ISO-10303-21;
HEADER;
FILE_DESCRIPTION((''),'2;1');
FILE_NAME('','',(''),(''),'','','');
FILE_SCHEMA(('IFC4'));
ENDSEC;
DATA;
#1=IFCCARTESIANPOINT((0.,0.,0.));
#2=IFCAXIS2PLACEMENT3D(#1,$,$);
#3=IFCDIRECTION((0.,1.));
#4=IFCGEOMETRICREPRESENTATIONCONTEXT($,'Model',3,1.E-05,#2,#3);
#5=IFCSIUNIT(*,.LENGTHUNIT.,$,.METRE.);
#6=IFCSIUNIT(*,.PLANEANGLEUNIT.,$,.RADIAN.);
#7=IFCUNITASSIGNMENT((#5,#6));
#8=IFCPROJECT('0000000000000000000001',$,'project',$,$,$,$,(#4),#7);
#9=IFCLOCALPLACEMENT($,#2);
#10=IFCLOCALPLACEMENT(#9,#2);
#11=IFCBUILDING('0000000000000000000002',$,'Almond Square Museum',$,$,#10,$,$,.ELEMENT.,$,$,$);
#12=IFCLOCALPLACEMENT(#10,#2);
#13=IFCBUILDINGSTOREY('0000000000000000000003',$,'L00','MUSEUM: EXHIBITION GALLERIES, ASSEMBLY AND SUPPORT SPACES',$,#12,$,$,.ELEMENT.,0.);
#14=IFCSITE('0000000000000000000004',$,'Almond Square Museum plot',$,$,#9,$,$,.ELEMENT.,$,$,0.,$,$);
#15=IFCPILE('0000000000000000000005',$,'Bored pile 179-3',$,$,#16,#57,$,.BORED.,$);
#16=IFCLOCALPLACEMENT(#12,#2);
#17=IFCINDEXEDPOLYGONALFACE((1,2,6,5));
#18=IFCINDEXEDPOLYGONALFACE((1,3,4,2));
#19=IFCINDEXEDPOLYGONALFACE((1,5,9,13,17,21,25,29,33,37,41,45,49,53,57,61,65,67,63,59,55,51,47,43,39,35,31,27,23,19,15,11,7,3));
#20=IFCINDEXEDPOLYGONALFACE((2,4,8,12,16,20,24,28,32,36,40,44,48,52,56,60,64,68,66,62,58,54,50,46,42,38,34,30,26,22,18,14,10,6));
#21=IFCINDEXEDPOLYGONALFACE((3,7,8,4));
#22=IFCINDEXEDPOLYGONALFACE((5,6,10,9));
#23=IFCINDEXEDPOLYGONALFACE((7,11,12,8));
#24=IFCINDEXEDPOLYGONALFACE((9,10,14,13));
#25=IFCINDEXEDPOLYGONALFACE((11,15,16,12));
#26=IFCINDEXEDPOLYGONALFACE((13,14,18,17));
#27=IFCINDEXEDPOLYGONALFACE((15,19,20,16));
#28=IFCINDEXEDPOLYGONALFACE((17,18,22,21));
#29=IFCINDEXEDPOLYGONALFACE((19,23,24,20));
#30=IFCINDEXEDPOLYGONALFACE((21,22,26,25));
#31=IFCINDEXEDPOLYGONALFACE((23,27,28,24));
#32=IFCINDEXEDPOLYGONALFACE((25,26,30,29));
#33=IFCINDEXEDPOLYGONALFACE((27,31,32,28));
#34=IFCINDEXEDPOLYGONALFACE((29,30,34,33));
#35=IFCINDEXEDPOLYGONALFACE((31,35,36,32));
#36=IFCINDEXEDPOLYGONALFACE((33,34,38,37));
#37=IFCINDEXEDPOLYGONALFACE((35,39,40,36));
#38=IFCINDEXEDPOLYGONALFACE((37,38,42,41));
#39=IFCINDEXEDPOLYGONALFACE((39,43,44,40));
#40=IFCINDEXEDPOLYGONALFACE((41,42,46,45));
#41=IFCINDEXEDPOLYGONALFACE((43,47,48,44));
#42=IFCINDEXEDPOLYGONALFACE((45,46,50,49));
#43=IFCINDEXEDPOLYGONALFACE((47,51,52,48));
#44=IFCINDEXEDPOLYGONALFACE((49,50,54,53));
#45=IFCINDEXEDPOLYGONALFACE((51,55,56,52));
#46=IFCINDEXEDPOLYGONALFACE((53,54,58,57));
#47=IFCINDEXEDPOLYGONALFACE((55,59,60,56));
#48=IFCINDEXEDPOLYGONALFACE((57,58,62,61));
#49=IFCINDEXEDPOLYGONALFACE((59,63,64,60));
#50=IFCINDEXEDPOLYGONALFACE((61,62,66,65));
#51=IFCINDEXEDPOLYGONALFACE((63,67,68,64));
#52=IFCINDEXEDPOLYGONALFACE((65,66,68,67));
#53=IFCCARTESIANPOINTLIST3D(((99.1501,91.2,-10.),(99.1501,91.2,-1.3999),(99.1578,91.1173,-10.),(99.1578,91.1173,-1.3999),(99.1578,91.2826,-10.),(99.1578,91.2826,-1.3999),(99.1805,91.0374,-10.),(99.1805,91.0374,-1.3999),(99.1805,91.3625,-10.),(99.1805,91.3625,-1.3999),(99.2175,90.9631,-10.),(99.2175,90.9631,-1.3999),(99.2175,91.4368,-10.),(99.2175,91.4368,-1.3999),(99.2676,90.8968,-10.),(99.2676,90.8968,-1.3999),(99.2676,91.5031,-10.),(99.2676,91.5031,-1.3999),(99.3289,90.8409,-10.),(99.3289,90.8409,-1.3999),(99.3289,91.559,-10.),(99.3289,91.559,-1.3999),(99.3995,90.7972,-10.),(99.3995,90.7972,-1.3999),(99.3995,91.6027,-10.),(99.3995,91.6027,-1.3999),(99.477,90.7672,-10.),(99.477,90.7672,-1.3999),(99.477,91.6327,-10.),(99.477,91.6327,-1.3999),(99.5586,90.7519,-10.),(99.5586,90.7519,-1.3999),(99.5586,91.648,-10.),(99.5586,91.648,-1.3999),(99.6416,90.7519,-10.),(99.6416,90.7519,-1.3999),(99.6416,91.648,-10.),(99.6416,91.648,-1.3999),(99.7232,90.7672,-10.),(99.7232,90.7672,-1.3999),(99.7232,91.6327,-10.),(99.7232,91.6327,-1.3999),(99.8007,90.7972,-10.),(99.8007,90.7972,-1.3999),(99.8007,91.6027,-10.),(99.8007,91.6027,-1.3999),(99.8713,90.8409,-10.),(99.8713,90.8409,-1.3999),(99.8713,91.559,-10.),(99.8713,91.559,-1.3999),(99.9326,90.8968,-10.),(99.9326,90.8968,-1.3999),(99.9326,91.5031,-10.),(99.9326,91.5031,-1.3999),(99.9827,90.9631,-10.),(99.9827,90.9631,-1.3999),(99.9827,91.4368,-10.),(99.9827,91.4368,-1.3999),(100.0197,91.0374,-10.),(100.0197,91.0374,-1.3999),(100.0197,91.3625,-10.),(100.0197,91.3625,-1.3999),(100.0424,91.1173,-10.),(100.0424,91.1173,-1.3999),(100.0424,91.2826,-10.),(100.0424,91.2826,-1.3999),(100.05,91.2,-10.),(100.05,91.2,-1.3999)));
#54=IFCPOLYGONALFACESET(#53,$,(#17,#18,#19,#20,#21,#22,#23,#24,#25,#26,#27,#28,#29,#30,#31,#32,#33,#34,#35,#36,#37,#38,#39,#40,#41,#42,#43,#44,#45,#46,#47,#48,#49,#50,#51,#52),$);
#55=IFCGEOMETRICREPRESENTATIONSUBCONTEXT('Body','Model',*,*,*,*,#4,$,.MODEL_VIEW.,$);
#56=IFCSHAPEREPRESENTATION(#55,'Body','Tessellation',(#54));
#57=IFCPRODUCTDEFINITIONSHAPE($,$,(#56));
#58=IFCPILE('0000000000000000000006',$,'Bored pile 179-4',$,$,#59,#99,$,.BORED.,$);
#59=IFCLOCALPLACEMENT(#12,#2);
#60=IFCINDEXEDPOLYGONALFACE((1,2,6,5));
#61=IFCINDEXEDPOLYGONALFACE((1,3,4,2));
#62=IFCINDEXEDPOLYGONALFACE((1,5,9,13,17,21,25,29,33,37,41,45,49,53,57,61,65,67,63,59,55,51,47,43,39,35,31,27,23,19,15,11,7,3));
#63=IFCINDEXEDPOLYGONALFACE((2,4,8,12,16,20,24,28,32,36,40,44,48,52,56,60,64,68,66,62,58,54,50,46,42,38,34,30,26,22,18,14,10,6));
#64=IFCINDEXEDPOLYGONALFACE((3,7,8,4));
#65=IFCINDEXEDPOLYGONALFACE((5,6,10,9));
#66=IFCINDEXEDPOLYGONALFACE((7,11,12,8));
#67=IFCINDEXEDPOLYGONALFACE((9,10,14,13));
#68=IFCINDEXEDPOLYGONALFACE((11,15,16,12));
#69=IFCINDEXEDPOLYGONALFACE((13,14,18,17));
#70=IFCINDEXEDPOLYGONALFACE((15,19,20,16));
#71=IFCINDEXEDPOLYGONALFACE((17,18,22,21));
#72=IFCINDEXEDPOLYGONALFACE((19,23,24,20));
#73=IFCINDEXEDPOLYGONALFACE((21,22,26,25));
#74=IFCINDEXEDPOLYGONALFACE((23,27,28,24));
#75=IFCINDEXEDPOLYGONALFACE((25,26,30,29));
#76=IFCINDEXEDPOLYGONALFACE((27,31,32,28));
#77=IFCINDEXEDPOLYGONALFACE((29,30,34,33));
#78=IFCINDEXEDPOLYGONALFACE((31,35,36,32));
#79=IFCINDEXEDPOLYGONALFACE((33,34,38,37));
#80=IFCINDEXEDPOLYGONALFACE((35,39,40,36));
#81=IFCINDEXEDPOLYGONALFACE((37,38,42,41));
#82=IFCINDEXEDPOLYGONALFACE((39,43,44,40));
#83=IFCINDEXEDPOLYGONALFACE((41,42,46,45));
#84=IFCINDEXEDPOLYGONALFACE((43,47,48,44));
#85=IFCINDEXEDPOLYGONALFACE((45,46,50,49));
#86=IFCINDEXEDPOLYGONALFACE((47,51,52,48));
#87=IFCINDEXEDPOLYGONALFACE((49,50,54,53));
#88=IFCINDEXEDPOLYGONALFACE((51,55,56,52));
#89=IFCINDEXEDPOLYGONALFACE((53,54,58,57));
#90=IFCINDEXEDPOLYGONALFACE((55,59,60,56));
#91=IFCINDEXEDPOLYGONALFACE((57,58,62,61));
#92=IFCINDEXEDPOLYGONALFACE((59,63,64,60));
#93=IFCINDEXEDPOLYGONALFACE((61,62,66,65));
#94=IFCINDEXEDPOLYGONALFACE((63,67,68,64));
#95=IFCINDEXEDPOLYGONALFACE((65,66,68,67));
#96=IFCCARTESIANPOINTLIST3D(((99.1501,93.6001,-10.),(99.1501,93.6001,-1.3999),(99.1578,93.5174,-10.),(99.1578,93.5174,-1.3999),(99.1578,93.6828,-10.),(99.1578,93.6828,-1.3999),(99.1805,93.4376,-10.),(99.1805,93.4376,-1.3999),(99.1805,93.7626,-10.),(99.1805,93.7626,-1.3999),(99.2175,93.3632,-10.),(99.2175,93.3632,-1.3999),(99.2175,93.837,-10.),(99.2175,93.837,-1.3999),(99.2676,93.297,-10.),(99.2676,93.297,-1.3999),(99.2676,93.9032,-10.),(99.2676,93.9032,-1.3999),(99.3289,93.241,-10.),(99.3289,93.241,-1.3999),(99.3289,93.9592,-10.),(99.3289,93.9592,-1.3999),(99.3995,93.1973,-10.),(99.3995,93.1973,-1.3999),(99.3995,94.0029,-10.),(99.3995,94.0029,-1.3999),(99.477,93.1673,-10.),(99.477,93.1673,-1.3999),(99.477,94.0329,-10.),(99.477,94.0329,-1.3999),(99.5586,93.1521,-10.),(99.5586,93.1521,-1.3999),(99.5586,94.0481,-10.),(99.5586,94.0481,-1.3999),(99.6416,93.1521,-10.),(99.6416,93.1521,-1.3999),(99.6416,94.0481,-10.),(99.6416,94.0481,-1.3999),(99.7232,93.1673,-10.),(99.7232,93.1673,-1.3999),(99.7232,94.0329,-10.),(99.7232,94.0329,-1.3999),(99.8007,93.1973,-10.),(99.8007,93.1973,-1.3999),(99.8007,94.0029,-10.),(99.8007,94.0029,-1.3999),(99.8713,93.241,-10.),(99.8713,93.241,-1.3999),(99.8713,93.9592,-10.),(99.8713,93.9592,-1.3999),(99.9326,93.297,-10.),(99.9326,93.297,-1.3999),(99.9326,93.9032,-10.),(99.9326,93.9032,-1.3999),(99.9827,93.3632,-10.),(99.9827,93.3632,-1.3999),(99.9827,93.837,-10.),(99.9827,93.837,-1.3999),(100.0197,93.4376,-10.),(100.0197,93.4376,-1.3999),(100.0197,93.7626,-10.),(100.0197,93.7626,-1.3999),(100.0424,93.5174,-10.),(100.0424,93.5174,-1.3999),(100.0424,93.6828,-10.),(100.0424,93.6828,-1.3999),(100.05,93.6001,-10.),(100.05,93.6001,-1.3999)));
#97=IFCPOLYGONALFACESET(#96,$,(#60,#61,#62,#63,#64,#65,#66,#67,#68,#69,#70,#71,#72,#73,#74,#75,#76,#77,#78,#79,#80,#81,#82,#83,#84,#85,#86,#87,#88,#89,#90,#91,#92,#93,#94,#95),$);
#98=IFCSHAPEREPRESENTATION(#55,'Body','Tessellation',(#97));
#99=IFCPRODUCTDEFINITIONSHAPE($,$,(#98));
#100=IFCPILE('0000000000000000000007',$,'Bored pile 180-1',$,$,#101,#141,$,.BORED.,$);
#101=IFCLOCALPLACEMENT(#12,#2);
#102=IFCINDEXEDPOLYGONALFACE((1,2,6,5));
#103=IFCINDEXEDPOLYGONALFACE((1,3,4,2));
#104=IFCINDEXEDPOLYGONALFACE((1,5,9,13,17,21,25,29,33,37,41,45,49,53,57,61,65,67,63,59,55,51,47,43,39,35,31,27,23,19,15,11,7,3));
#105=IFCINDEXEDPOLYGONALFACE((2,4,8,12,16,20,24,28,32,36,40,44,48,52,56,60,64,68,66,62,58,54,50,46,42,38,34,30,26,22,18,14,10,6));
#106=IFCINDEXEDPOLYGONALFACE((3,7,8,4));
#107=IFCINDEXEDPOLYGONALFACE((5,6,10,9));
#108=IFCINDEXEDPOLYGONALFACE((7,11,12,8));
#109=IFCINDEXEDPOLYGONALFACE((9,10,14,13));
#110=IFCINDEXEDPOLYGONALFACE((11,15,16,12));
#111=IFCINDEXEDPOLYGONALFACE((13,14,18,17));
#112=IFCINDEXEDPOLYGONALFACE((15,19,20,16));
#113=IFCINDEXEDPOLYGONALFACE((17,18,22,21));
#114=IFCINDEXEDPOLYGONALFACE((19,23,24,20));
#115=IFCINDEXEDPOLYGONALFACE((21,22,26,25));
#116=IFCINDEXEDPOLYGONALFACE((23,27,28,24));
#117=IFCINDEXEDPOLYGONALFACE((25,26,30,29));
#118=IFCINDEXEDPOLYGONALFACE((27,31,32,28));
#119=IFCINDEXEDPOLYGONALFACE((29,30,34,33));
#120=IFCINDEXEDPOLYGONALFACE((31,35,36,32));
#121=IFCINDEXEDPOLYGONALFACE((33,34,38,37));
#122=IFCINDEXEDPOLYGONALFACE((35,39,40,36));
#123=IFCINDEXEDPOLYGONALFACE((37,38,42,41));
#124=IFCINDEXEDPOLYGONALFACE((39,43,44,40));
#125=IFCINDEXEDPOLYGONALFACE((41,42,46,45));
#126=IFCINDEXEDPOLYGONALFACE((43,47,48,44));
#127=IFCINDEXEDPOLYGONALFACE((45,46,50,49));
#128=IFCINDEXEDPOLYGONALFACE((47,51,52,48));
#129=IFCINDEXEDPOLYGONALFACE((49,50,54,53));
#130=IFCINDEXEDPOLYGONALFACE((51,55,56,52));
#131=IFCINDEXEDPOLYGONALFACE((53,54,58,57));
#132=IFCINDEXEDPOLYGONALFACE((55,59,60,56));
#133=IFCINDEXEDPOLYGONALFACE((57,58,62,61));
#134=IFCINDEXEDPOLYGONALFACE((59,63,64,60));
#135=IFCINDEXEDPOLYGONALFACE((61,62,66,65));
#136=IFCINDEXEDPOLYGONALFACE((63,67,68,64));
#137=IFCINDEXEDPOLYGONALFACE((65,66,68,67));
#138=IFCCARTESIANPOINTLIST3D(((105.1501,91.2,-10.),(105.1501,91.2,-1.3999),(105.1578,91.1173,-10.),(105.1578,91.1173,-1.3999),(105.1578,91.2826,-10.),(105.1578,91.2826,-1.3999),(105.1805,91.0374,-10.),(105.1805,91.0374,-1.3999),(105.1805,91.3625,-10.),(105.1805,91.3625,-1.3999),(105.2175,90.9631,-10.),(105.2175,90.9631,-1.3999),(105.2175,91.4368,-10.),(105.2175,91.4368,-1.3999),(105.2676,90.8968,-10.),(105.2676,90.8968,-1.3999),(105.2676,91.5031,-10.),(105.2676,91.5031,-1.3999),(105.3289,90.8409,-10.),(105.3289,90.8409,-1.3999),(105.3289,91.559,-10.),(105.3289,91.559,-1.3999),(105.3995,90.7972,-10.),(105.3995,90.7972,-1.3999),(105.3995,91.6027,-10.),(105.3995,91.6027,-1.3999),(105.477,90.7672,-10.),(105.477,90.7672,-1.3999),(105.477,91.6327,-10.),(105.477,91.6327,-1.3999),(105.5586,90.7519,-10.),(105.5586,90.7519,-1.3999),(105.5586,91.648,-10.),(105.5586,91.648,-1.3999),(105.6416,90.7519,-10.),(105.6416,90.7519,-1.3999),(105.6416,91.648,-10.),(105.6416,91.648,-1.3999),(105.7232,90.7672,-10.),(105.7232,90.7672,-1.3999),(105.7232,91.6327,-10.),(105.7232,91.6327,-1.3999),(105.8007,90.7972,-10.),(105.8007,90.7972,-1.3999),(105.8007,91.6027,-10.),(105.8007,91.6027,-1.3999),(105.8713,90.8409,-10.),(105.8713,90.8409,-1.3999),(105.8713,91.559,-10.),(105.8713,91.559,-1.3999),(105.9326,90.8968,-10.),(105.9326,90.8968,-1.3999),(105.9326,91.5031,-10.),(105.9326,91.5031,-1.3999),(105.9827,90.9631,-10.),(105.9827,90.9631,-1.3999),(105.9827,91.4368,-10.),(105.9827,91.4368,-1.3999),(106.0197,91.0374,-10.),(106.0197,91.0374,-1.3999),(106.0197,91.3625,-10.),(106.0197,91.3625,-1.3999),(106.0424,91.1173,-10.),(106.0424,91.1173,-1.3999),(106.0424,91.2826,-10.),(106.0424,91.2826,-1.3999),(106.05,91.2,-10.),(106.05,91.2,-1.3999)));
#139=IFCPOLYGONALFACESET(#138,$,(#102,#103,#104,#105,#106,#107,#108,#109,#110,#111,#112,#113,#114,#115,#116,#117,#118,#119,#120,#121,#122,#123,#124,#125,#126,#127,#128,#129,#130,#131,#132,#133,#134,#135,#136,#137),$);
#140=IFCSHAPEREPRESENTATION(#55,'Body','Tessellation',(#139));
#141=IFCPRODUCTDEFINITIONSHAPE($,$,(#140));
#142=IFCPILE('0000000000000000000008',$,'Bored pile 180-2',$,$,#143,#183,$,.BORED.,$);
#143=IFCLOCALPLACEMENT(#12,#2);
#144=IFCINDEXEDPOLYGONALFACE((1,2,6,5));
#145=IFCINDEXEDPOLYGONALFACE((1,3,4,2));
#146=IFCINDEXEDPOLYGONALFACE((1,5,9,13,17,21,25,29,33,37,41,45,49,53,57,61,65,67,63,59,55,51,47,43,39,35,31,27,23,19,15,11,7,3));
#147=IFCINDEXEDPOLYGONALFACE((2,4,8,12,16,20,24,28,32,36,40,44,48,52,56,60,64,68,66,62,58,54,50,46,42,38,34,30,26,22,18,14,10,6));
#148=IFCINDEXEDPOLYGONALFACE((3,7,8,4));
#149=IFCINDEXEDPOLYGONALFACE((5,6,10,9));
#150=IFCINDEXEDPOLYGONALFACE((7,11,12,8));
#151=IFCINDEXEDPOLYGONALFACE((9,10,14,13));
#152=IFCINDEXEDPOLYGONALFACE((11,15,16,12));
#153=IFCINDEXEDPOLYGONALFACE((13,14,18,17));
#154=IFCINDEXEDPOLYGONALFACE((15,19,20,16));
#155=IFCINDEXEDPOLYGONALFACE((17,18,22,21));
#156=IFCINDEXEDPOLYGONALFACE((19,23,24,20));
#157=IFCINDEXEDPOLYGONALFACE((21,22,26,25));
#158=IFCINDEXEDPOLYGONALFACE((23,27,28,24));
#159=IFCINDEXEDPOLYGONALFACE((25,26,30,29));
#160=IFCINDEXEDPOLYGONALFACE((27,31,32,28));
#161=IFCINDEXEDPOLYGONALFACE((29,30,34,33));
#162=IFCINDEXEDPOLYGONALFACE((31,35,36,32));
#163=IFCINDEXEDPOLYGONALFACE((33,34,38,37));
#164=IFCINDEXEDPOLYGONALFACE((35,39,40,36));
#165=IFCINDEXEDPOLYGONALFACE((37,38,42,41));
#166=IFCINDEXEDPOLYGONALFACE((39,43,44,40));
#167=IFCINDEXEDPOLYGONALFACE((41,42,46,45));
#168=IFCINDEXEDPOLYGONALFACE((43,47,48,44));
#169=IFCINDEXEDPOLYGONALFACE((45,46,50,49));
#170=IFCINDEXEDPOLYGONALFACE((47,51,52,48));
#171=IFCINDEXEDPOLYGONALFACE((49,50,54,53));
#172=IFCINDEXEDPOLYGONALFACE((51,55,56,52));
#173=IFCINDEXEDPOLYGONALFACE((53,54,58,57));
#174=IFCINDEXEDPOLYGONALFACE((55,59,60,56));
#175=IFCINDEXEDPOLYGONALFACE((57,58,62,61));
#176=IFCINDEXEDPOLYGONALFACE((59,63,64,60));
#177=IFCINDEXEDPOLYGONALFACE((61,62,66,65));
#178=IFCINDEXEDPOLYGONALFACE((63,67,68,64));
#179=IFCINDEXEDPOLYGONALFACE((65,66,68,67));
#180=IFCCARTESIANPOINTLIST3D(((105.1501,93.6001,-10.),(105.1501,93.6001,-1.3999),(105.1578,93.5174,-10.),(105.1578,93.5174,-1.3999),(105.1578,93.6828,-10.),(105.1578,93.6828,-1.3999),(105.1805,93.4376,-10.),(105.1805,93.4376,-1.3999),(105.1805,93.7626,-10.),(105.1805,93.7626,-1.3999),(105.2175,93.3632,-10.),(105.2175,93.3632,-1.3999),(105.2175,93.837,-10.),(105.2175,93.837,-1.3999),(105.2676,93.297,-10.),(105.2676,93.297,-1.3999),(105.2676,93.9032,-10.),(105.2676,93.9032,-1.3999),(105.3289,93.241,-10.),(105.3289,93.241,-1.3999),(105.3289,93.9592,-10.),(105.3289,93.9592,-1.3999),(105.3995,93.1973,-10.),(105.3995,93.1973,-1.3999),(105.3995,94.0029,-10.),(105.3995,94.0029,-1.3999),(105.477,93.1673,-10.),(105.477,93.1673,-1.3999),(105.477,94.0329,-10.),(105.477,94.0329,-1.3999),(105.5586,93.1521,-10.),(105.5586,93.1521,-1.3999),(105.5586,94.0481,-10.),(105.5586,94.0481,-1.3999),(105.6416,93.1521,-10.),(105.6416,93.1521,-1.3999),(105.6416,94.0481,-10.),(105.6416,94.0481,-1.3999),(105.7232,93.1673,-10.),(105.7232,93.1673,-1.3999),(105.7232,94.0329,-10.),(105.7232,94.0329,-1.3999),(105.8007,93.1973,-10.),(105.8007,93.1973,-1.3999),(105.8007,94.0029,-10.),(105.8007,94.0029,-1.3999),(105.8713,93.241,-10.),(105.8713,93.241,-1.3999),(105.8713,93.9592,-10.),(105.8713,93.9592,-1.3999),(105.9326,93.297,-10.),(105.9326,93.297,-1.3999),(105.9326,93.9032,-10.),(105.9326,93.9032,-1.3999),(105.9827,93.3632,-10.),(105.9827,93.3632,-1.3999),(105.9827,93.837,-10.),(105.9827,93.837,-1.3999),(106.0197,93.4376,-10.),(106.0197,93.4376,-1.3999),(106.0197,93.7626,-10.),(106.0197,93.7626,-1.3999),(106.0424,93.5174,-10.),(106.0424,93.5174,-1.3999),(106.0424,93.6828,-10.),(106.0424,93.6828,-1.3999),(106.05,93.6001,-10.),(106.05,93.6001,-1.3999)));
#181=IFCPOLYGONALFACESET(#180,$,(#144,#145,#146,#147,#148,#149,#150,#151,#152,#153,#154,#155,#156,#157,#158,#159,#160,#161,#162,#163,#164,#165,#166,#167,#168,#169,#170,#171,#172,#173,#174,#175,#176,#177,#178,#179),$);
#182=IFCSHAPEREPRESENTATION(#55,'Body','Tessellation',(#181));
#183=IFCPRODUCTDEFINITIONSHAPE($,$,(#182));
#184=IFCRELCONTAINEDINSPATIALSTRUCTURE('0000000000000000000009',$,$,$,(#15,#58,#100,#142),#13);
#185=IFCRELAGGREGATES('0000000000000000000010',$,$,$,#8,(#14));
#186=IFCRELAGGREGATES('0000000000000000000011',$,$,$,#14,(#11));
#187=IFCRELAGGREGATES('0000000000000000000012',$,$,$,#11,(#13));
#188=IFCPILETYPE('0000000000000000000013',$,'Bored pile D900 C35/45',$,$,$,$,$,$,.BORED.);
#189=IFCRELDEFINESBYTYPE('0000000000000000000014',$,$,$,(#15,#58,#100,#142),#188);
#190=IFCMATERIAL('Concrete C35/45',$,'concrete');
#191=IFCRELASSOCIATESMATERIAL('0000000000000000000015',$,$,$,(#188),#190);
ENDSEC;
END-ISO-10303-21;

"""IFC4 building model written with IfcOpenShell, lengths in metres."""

from ifc_helpers import new_model, si_unit, direction, frame, origin, origin_2d, place, context, subcontext, project, spatial, circle, extrude, material, material_profile, profile_set, type_object, element, save


model = new_model("IFC4")

# Units and contexts
model_context = context("Model", 3, precision=1e-05, world=origin(), true_north=direction((0.0, 1.0)))
body_context = subcontext(model_context, "Body", "Model", "MODEL_VIEW")
ifc_project = project(units=[si_unit("LENGTHUNIT", "METRE"), si_unit("PLANEANGLEUNIT", "RADIAN")], contexts=[model_context])

# Site, building, storey
site_placement = place(None, origin())
site = spatial("IfcSite", under=ifc_project, at=site_placement, Name="Almond Square Museum plot", CompositionType="ELEMENT", RefElevation=0.0)
building_placement = place(site_placement, origin())
building = spatial("IfcBuilding", under=site, at=building_placement, Name="Almond Square Museum", CompositionType="ELEMENT")
storey_placement = place(building_placement, origin())
storey = spatial("IfcBuildingStorey", under=building, at=storey_placement, Name="L00", Description="MUSEUM: EXHIBITION GALLERIES, ASSEMBLY AND SUPPORT SPACES", CompositionType="ELEMENT", Elevation=0.0)

# Piles
ifc_material_1 = material(Name="Concrete C35/45", Category="concrete")
ifc_material_profile_1 = material_profile(ifc_material_1, circle(Radius=0.45, at=origin_2d()))
ifc_profile_set_1 = profile_set([ifc_material_profile_1], Name="Concrete C35/45")
pile_type = type_object("IfcPileType", Name="Bored pile D900 C35/45", PredefinedType="BORED", material=ifc_profile_set_1)
for number, where, z_axis, x_axis, name in (
    (1, (99.6001, 91.2, -1.3999), (0.0, 0.0, -1.0), (1.0, 0.0, 0.0), "Bored pile 179-3"),
    (2, (99.6001, 93.6001, -1.3999), (0.0, 0.0, -1.0), (1.0, 0.0, 0.0), "Bored pile 179-4"),
    (3, (105.6001, 91.2, -1.3999), (0.0, 0.0, -1.0), (1.0, 0.0, 0.0), "Bored pile 180-1"),
    (4, (105.6001, 93.6001, -1.3999), (0.0, 0.0, -1.0), (1.0, 0.0, 0.0), "Bored pile 180-2"),
):
    element("IfcPile", number, at=place(storey_placement, frame(where, z_axis=z_axis, x_axis=x_axis)), inside=storey, type_object=pile_type, Name=name, PredefinedType="BORED", context=body_context, shape_type="SweptSolid", body=[
        extrude(circle(Radius=0.45, at=origin_2d()), origin(), (0.0, 0.0, 1.0), 8.6001),
    ])

save(model, "model.ifc")
